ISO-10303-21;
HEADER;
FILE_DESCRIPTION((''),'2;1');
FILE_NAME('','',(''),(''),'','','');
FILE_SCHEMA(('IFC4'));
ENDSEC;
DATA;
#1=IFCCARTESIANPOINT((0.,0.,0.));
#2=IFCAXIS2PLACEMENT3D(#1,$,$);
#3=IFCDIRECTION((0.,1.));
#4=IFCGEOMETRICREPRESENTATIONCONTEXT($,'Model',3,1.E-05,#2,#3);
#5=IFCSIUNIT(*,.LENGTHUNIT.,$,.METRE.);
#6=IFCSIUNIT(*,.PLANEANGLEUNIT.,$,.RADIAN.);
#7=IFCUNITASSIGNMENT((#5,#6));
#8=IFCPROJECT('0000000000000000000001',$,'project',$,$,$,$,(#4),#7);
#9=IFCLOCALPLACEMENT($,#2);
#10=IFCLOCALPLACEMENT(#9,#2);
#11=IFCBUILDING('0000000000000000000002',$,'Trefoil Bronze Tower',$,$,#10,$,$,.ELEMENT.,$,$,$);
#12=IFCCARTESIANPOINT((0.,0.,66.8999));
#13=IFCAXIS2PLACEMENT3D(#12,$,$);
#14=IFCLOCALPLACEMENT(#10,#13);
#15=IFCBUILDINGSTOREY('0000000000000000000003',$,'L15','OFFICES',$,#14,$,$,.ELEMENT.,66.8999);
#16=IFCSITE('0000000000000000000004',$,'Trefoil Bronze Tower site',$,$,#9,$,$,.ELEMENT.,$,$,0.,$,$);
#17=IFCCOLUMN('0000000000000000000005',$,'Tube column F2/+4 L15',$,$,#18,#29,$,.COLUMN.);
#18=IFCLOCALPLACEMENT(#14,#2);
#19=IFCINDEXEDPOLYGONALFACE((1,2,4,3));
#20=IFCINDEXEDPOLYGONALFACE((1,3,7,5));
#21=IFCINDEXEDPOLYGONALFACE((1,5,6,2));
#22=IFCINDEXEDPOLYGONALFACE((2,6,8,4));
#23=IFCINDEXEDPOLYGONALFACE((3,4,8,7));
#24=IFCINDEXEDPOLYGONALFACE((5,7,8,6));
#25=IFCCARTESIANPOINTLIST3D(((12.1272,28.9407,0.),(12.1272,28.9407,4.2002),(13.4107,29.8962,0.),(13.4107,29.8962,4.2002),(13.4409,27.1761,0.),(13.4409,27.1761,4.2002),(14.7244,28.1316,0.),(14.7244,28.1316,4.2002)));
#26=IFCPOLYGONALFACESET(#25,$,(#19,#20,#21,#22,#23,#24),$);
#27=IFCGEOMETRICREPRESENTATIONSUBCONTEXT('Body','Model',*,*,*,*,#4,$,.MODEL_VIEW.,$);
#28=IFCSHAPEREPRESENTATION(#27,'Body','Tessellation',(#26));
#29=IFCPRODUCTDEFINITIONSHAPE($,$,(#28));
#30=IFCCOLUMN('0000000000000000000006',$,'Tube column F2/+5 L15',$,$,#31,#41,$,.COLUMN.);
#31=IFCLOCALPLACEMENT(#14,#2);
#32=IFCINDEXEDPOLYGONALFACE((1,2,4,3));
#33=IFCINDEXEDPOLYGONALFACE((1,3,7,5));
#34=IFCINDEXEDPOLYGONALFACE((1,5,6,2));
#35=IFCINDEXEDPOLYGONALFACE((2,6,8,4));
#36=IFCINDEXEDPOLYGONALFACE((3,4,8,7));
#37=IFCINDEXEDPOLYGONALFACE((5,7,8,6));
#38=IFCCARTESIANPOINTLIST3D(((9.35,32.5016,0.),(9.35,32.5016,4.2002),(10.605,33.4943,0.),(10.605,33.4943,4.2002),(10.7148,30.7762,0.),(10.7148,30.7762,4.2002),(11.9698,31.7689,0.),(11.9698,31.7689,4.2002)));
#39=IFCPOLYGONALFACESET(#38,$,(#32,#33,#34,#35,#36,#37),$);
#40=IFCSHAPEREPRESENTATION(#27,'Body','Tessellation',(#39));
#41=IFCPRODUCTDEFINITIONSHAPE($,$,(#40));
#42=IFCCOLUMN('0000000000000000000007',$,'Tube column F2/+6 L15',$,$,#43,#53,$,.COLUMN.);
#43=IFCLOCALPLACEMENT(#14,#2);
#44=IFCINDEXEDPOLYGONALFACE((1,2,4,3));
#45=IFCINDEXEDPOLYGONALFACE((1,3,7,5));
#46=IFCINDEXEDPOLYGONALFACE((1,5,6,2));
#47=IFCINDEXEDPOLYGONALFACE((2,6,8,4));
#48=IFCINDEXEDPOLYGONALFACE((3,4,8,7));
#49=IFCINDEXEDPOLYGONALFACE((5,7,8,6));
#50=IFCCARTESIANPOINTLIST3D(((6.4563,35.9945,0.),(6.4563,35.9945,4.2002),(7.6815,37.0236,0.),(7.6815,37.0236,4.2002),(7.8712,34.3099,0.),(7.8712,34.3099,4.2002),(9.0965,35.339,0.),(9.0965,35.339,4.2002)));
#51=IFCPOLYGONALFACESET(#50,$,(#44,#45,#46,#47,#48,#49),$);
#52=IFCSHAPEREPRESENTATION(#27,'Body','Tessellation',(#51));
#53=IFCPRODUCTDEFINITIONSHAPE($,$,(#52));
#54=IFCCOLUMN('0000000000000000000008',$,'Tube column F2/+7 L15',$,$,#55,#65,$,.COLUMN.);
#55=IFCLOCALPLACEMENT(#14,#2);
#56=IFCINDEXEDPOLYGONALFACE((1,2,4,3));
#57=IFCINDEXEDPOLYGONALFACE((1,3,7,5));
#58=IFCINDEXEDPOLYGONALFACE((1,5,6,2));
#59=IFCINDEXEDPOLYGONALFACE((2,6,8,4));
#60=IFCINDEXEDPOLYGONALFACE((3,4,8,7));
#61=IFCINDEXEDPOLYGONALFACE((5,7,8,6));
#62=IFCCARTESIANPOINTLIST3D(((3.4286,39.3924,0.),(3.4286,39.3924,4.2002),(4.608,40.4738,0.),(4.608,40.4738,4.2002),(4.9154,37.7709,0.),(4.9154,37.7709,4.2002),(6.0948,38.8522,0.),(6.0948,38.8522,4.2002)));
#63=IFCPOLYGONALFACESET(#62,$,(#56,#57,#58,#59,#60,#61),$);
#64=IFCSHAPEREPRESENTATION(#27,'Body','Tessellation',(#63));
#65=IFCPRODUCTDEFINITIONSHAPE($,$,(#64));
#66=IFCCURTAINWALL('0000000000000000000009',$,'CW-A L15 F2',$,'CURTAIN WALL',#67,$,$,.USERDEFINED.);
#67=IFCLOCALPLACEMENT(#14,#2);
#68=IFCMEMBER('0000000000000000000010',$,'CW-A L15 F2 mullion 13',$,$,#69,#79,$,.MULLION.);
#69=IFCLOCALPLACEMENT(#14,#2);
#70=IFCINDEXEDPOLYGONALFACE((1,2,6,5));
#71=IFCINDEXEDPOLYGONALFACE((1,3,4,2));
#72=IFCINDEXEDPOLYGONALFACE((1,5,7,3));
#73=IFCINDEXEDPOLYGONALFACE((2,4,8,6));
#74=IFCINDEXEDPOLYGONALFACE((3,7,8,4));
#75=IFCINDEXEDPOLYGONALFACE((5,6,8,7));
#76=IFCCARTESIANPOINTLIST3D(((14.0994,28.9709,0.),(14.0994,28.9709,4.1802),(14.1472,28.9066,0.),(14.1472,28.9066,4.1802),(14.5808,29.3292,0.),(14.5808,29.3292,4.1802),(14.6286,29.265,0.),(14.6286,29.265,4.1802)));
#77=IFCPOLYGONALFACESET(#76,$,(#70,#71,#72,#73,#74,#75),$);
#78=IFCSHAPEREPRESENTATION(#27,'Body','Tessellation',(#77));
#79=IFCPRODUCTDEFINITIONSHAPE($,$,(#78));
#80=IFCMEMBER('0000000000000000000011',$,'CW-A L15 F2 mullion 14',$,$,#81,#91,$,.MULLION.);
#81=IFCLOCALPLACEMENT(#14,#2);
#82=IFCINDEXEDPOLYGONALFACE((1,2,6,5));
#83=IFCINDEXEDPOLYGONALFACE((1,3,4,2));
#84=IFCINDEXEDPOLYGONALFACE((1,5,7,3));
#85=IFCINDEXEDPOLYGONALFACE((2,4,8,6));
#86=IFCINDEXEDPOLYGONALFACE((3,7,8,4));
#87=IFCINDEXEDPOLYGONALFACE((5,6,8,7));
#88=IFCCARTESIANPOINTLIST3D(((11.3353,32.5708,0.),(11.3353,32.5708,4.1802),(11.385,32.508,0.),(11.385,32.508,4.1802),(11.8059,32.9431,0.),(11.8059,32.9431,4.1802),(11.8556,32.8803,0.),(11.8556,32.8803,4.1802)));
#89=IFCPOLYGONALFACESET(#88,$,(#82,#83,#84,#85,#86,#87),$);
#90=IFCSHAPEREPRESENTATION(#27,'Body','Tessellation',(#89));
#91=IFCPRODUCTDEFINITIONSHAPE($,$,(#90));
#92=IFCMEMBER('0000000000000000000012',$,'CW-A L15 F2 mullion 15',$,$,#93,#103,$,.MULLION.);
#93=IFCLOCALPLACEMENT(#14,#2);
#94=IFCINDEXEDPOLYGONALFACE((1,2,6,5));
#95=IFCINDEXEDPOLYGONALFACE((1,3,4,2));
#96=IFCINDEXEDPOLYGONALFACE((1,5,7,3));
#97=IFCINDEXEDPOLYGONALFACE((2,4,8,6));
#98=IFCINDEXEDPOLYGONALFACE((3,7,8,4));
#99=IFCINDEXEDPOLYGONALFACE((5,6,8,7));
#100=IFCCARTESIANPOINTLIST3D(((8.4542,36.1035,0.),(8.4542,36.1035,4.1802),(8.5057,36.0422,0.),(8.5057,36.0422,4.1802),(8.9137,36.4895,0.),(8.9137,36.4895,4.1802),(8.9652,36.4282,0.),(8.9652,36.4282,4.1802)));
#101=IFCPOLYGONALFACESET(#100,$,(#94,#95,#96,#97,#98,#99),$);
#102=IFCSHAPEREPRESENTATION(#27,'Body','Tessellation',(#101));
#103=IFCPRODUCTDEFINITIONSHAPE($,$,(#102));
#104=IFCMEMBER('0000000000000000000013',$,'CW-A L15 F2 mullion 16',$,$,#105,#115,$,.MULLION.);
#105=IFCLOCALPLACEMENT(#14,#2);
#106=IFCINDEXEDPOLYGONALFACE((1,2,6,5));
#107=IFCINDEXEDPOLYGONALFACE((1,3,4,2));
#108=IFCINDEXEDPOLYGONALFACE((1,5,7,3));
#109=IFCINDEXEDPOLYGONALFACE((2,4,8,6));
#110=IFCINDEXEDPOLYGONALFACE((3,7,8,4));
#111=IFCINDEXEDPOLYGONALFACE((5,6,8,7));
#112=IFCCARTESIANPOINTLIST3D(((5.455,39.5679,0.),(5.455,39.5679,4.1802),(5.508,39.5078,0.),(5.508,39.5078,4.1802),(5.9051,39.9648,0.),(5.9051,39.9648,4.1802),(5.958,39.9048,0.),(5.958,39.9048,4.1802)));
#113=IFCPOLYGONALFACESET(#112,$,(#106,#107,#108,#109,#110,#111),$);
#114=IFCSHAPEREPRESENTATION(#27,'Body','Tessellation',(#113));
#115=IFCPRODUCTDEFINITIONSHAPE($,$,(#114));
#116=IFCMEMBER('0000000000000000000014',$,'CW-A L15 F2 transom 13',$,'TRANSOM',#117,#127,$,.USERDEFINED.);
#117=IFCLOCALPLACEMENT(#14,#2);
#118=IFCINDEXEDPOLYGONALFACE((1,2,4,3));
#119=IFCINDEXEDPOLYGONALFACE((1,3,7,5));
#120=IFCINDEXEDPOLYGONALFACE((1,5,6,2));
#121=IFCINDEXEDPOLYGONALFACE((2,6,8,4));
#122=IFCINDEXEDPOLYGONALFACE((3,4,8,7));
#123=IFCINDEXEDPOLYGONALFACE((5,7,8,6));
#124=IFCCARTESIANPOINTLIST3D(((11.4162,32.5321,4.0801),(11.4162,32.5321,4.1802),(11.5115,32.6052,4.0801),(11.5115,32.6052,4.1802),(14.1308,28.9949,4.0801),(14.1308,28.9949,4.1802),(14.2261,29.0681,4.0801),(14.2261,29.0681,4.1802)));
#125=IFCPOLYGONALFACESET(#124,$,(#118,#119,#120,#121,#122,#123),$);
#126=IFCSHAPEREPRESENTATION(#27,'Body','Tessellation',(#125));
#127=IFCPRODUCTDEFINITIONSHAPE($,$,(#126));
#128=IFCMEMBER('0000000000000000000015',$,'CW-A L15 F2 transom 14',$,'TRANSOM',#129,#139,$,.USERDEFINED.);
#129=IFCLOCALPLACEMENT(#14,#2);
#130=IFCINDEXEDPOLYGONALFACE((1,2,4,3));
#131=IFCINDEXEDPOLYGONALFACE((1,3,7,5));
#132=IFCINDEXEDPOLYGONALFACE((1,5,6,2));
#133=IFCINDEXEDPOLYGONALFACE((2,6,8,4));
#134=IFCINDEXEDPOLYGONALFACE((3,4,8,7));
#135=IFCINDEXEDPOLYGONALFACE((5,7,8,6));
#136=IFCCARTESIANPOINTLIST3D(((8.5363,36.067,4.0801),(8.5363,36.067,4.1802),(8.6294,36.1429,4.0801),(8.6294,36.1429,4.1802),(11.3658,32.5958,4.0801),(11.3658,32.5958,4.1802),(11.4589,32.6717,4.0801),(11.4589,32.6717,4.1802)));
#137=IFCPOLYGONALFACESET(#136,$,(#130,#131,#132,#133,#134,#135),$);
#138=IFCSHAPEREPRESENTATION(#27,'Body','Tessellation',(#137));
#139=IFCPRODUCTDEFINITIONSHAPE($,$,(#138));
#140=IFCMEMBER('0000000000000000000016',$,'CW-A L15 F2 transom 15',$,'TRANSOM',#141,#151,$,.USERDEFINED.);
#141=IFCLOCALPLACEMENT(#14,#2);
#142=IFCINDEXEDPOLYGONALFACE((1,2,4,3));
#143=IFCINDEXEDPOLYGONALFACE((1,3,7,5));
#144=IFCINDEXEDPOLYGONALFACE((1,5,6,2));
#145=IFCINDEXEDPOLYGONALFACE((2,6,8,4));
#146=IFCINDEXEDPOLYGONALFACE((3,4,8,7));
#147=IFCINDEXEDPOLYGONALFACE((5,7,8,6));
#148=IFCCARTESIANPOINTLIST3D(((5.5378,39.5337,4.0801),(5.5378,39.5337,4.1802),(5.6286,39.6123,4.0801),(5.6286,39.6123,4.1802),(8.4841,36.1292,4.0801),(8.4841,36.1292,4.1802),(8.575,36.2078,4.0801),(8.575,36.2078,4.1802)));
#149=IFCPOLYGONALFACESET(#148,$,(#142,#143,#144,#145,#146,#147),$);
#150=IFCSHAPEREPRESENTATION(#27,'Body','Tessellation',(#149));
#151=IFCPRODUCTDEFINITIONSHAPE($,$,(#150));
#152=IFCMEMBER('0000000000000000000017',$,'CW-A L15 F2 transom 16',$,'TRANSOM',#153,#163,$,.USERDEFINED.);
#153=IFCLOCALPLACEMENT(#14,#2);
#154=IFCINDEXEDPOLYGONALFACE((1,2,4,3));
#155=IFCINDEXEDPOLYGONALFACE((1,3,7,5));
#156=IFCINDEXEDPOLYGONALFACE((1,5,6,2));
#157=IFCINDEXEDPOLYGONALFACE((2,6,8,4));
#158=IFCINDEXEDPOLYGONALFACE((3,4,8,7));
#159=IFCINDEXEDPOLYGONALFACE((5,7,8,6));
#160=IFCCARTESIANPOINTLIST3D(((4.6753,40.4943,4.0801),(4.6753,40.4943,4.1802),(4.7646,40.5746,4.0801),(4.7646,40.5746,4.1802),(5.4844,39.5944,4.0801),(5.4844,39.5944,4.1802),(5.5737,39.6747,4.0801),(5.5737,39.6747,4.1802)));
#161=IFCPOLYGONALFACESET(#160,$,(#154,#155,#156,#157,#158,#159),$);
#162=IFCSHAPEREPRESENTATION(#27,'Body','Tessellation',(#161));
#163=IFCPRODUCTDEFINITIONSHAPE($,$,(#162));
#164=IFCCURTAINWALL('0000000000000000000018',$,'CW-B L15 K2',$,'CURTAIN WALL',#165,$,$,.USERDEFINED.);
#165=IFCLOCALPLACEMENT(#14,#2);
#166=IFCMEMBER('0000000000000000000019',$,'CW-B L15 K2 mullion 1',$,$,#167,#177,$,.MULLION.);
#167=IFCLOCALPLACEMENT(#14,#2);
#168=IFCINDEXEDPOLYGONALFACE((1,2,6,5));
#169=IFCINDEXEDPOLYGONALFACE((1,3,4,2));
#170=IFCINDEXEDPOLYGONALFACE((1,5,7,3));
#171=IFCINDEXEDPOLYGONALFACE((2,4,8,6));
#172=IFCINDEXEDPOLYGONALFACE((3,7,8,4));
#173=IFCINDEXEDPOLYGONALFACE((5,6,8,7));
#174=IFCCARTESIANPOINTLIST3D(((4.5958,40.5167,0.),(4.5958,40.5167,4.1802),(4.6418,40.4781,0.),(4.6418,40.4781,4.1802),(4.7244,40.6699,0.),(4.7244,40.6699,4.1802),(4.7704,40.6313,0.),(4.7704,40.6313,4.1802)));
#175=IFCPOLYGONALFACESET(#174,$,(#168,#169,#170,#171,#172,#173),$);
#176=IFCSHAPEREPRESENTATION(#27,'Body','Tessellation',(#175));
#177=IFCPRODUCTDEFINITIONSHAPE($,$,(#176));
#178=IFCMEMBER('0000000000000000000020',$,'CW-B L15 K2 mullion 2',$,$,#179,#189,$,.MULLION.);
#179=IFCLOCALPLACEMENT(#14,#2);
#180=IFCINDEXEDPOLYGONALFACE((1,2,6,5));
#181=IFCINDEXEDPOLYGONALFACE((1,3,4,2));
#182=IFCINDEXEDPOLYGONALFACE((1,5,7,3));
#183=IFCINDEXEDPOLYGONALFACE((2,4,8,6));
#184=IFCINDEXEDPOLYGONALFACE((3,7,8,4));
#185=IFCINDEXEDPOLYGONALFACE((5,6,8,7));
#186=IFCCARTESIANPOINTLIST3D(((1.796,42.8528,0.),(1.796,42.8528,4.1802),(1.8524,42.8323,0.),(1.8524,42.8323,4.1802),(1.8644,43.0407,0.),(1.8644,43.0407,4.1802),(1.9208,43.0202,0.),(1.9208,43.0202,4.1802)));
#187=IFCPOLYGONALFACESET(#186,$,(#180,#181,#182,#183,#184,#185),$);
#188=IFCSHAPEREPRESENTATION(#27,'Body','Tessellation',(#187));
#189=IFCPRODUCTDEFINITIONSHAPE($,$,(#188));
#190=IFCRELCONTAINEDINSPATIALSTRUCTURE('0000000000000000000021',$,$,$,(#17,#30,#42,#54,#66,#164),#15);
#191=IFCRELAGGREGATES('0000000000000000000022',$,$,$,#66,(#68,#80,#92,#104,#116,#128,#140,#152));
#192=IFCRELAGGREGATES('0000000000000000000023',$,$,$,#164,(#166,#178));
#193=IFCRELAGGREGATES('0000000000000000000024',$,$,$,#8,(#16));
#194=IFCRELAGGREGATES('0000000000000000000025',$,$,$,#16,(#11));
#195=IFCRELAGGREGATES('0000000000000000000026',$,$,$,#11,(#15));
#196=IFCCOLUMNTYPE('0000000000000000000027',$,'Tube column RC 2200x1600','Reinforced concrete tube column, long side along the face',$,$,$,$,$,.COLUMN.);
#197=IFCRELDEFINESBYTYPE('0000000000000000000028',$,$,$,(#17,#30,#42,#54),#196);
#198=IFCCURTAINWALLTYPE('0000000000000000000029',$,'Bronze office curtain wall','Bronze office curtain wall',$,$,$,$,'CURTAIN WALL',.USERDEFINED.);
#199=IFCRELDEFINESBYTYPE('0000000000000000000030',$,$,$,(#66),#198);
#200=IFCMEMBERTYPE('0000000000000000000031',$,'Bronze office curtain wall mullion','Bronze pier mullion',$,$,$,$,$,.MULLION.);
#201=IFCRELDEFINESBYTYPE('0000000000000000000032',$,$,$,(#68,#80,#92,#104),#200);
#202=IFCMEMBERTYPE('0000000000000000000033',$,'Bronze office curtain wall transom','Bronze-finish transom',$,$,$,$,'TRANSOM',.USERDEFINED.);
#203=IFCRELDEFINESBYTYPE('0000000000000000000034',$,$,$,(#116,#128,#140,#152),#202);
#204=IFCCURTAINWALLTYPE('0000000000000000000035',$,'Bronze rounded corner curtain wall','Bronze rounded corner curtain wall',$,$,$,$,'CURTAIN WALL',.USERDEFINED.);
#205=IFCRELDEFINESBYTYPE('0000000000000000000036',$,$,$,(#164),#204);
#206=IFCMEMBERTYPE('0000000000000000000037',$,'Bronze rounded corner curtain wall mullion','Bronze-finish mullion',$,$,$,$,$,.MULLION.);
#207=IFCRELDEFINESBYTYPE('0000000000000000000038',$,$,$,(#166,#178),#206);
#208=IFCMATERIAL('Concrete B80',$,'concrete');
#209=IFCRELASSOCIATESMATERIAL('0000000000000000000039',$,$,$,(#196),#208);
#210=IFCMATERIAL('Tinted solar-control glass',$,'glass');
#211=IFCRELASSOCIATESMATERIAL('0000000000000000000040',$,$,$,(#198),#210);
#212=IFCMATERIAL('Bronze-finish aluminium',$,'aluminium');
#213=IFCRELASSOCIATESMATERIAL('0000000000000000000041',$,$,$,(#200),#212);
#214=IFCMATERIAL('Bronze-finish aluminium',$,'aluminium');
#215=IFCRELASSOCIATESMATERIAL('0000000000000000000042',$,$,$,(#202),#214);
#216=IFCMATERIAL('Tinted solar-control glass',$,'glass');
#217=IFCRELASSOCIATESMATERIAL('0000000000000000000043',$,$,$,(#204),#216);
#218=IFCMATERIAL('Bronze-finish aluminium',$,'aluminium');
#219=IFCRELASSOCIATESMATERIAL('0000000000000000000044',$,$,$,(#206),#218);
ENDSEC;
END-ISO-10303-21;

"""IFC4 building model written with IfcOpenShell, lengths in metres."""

from ifc_helpers import new_model, si_unit, direction, frame, origin, origin_2d, place, context, subcontext, project, spatial, rectangle, extrude, material, material_profile, profile_set, type_object, element, aggregate, save


model = new_model("IFC4")

# Units and contexts
model_context = context("Model", 3, precision=1e-05, world=origin(), true_north=direction((0.0, 1.0)))
body_context = subcontext(model_context, "Body", "Model", "MODEL_VIEW")
ifc_project = project(units=[si_unit("LENGTHUNIT", "METRE"), si_unit("PLANEANGLEUNIT", "RADIAN")], contexts=[model_context])

# Site, building, storey
site_placement = place(None, origin())
site = spatial("IfcSite", under=ifc_project, at=site_placement, Name="Trefoil Bronze Tower site", CompositionType="ELEMENT", RefElevation=0.0)
building_placement = place(site_placement, origin())
building = spatial("IfcBuilding", under=site, at=building_placement, Name="Trefoil Bronze Tower", CompositionType="ELEMENT")
storey_placement = place(building_placement, frame((0.0, 0.0, 66.8999)))
storey = spatial("IfcBuildingStorey", under=building, at=storey_placement, Name="L15", Description="OFFICES", CompositionType="ELEMENT", Elevation=66.8999)

# Columns
ifc_material_1 = material(Name="Concrete B80", Category="concrete")
ifc_material_profile_1 = material_profile(ifc_material_1, rectangle(XDim=2.2, YDim=1.6001, at=origin_2d()), Name="RC 2200x1600")
ifc_profile_set_1 = profile_set([ifc_material_profile_1], Name="Concrete B80")
column_type = type_object("IfcColumnType", Name="Tube column RC 2200x1600", Description="Reinforced concrete tube column, long side along the face", PredefinedType="COLUMN", material=ifc_profile_set_1)
for number, where, z_axis, x_axis, name in (
    (1, (13.4258, 28.5361, 0.0), (0.0, 0.0, 1.0), (-0.597154, 0.802127, 0.0), "Tube column F2/+4 L15"),
    (2, (10.6599, 32.1353, 0.0), (0.0, 0.0, 1.0), (-0.620376, 0.784305, 0.0), "Tube column F2/+5 L15"),
    (3, (7.7764, 35.6667, 0.0), (0.0, 0.0, 1.0), (-0.643163, 0.765729, 0.0), "Tube column F2/+6 L15"),
    (4, (4.7617, 39.1223, 0.0), (0.0, 0.0, 1.0), (-0.675816, 0.73707, 0.0), "Tube column F2/+7 L15"),
):
    element("IfcColumn", number, at=place(storey_placement, frame(where, z_axis=z_axis, x_axis=x_axis)), inside=storey, type_object=column_type, Name=name, PredefinedType="COLUMN", context=body_context, shape_type="SweptSolid", body=[
        extrude(rectangle(XDim=2.2, YDim=1.6001, at=origin_2d()), origin(), (0.0, 0.0, 1.0), 4.2002),
    ])

# Curtain walls, members
ifc_material_2 = material(Name="Tinted solar-control glass", Category="glass")
curtain_wall_type_1 = type_object("IfcCurtainWallType", Name="Bronze office curtain wall", Description="Bronze office curtain wall", ElementType="CURTAIN WALL", PredefinedType="USERDEFINED", material=ifc_material_2)
curtain_wall_1_placement = place(storey_placement, origin())
curtain_wall_1 = element("IfcCurtainWall", 5, at=curtain_wall_1_placement, inside=storey, type_object=curtain_wall_type_1, Name="CW-A L15 F2", ObjectType="CURTAIN WALL", PredefinedType="USERDEFINED")
ifc_material_3 = material(Name="Bronze-finish aluminium", Category="aluminium")
ifc_material_profile_2 = material_profile(ifc_material_3, rectangle(XDim=0.6001, YDim=0.0801, at=origin_2d()), Name="CW-A mullion")
ifc_profile_set_2 = profile_set([ifc_material_profile_2], Name="Bronze-finish aluminium")
member_type_1 = type_object("IfcMemberType", Name="Bronze office curtain wall mullion", Description="Bronze pier mullion", PredefinedType="MULLION", material=ifc_profile_set_2)
member_1_placement = place(storey_placement, frame((14.364, 29.1179, 0.0), z_axis=(0.0, 0.0, 1.0), x_axis=(-0.802127, -0.597154, 0.0)))
member_1 = element("IfcMember", 6, at=member_1_placement, type_object=member_type_1, Name="CW-A L15 F2 mullion 13", PredefinedType="MULLION", context=body_context, shape_type="SweptSolid", body=[
    extrude(rectangle(XDim=0.6001, YDim=0.0801, at=origin_2d()), origin(), (0.0, 0.0, 1.0), 4.1802),
])
member_2_placement = place(storey_placement, frame((11.5955, 32.7256, 0.0), z_axis=(0.0, 0.0, 1.0), x_axis=(-0.784305, -0.620376, 0.0)))
member_2 = element("IfcMember", 7, at=member_2_placement, type_object=member_type_1, Name="CW-A L15 F2 mullion 14", PredefinedType="MULLION", context=body_context, shape_type="SweptSolid", body=[
    extrude(rectangle(XDim=0.6001, YDim=0.0801, at=origin_2d()), origin(), (0.0, 0.0, 1.0), 4.1802),
])
member_3_placement = place(storey_placement, frame((8.7097, 36.2659, 0.0), z_axis=(0.0, 0.0, 1.0), x_axis=(-0.765729, -0.643163, 0.0)))
member_3 = element("IfcMember", 8, at=member_3_placement, type_object=member_type_1, Name="CW-A L15 F2 mullion 15", PredefinedType="MULLION", context=body_context, shape_type="SweptSolid", body=[
    extrude(rectangle(XDim=0.6001, YDim=0.0801, at=origin_2d()), origin(), (0.0, 0.0, 1.0), 4.1802),
])
member_4_placement = place(storey_placement, frame((5.7065, 39.7363, 0.0), z_axis=(0.0, 0.0, 1.0), x_axis=(-0.749941, -0.661505, 0.0)))
member_4 = element("IfcMember", 9, at=member_4_placement, type_object=member_type_1, Name="CW-A L15 F2 mullion 16", PredefinedType="MULLION", context=body_context, shape_type="SweptSolid", body=[
    extrude(rectangle(XDim=0.6001, YDim=0.0801, at=origin_2d()), origin(), (0.0, 0.0, 1.0), 4.1802),
])
ifc_material_4 = material(Name="Bronze-finish aluminium", Category="aluminium")
ifc_material_profile_3 = material_profile(ifc_material_4, rectangle(XDim=0.1201, YDim=0.1001, at=origin_2d()), Name="CW-A transom")
ifc_profile_set_3 = profile_set([ifc_material_profile_3], Name="Bronze-finish aluminium")
member_type_2 = type_object("IfcMemberType", Name="Bronze office curtain wall transom", Description="Bronze-finish transom", ElementType="TRANSOM", PredefinedType="USERDEFINED", material=ifc_profile_set_3)
member_5_placement = place(storey_placement, frame((14.1785, 29.0315, 4.1301), z_axis=(-0.608829, 0.793301, 0.0), x_axis=(-0.793301, -0.608829, 0.0)))
member_5 = element("IfcMember", 10, at=member_5_placement, type_object=member_type_2, Name="CW-A L15 F2 transom 13", ObjectType="TRANSOM", PredefinedType="USERDEFINED", context=body_context, shape_type="SweptSolid", body=[
    extrude(rectangle(XDim=0.1201, YDim=0.1001, at=origin_2d()), origin(), (0.0, 0.0, 1.0), 4.4587),
])
member_6_placement = place(storey_placement, frame((11.4124, 32.6338, 4.1301), z_axis=(-0.631836, 0.775102, 0.0), x_axis=(-0.775102, -0.631836, 0.0)))
member_6 = element("IfcMember", 11, at=member_6_placement, type_object=member_type_2, Name="CW-A L15 F2 transom 14", ObjectType="TRANSOM", PredefinedType="USERDEFINED", context=body_context, shape_type="SweptSolid", body=[
    extrude(rectangle(XDim=0.1201, YDim=0.1001, at=origin_2d()), origin(), (0.0, 0.0, 1.0), 4.4783),
])
member_7_placement = place(storey_placement, frame((8.5295, 36.1685, 4.1301), z_axis=(-0.654383, 0.756163, 0.0), x_axis=(-0.756163, -0.654383, 0.0)))
member_7 = element("IfcMember", 12, at=member_7_placement, type_object=member_type_2, Name="CW-A L15 F2 transom 15", ObjectType="TRANSOM", PredefinedType="USERDEFINED", context=body_context, shape_type="SweptSolid", body=[
    extrude(rectangle(XDim=0.1201, YDim=0.1001, at=origin_2d()), origin(), (0.0, 0.0, 1.0), 4.5024),
])
member_8_placement = place(storey_placement, frame((5.5291, 39.6345, 4.1301), z_axis=(-0.668586, 0.743635, 0.0), x_axis=(-0.743635, -0.668586, 0.0)))
member_8 = element("IfcMember", 13, at=member_8_placement, type_object=member_type_2, Name="CW-A L15 F2 transom 16", ObjectType="TRANSOM", PredefinedType="USERDEFINED", context=body_context, shape_type="SweptSolid", body=[
    extrude(rectangle(XDim=0.1201, YDim=0.1001, at=origin_2d()), origin(), (0.0, 0.0, 1.0), 1.2102),
])
ifc_material_5 = material(Name="Tinted solar-control glass", Category="glass")
curtain_wall_type_2 = type_object("IfcCurtainWallType", Name="Bronze rounded corner curtain wall", Description="Bronze rounded corner curtain wall", ElementType="CURTAIN WALL", PredefinedType="USERDEFINED", material=ifc_material_5)
curtain_wall_2_placement = place(storey_placement, origin())
curtain_wall_2 = element("IfcCurtainWall", 14, at=curtain_wall_2_placement, inside=storey, type_object=curtain_wall_type_2, Name="CW-B L15 K2", ObjectType="CURTAIN WALL", PredefinedType="USERDEFINED")
ifc_material_6 = material(Name="Bronze-finish aluminium", Category="aluminium")
ifc_material_profile_4 = material_profile(ifc_material_6, rectangle(XDim=0.2, YDim=0.0601, at=origin_2d()), Name="CW-B mullion")
ifc_profile_set_4 = profile_set([ifc_material_profile_4], Name="Bronze-finish aluminium")
member_type_3 = type_object("IfcMemberType", Name="Bronze rounded corner curtain wall mullion", Description="Bronze-finish mullion", PredefinedType="MULLION", material=ifc_profile_set_4)
member_9_placement = place(storey_placement, frame((4.6831, 40.574, 0.0), z_axis=(0.0, 0.0, 1.0), x_axis=(-0.642788, -0.766044, 0.0)))
member_9 = element("IfcMember", 15, at=member_9_placement, type_object=member_type_3, Name="CW-B L15 K2 mullion 1", PredefinedType="MULLION", context=body_context, shape_type="SweptSolid", body=[
    extrude(rectangle(XDim=0.2, YDim=0.0601, at=origin_2d()), origin(), (0.0, 0.0, 1.0), 4.1802),
])
member_10_placement = place(storey_placement, frame((1.8584, 42.9365, 0.0), z_axis=(0.0, 0.0, 1.0), x_axis=(-0.34202, -0.939693, 0.0)))
member_10 = element("IfcMember", 16, at=member_10_placement, type_object=member_type_3, Name="CW-B L15 K2 mullion 2", PredefinedType="MULLION", context=body_context, shape_type="SweptSolid", body=[
    extrude(rectangle(XDim=0.2, YDim=0.0601, at=origin_2d()), origin(), (0.0, 0.0, 1.0), 4.1802),
])

aggregate(curtain_wall_1, [member_1, member_2, member_3, member_4, member_5, member_6, member_7, member_8])
aggregate(curtain_wall_2, [member_9, member_10])

save(model, "model.ifc")
